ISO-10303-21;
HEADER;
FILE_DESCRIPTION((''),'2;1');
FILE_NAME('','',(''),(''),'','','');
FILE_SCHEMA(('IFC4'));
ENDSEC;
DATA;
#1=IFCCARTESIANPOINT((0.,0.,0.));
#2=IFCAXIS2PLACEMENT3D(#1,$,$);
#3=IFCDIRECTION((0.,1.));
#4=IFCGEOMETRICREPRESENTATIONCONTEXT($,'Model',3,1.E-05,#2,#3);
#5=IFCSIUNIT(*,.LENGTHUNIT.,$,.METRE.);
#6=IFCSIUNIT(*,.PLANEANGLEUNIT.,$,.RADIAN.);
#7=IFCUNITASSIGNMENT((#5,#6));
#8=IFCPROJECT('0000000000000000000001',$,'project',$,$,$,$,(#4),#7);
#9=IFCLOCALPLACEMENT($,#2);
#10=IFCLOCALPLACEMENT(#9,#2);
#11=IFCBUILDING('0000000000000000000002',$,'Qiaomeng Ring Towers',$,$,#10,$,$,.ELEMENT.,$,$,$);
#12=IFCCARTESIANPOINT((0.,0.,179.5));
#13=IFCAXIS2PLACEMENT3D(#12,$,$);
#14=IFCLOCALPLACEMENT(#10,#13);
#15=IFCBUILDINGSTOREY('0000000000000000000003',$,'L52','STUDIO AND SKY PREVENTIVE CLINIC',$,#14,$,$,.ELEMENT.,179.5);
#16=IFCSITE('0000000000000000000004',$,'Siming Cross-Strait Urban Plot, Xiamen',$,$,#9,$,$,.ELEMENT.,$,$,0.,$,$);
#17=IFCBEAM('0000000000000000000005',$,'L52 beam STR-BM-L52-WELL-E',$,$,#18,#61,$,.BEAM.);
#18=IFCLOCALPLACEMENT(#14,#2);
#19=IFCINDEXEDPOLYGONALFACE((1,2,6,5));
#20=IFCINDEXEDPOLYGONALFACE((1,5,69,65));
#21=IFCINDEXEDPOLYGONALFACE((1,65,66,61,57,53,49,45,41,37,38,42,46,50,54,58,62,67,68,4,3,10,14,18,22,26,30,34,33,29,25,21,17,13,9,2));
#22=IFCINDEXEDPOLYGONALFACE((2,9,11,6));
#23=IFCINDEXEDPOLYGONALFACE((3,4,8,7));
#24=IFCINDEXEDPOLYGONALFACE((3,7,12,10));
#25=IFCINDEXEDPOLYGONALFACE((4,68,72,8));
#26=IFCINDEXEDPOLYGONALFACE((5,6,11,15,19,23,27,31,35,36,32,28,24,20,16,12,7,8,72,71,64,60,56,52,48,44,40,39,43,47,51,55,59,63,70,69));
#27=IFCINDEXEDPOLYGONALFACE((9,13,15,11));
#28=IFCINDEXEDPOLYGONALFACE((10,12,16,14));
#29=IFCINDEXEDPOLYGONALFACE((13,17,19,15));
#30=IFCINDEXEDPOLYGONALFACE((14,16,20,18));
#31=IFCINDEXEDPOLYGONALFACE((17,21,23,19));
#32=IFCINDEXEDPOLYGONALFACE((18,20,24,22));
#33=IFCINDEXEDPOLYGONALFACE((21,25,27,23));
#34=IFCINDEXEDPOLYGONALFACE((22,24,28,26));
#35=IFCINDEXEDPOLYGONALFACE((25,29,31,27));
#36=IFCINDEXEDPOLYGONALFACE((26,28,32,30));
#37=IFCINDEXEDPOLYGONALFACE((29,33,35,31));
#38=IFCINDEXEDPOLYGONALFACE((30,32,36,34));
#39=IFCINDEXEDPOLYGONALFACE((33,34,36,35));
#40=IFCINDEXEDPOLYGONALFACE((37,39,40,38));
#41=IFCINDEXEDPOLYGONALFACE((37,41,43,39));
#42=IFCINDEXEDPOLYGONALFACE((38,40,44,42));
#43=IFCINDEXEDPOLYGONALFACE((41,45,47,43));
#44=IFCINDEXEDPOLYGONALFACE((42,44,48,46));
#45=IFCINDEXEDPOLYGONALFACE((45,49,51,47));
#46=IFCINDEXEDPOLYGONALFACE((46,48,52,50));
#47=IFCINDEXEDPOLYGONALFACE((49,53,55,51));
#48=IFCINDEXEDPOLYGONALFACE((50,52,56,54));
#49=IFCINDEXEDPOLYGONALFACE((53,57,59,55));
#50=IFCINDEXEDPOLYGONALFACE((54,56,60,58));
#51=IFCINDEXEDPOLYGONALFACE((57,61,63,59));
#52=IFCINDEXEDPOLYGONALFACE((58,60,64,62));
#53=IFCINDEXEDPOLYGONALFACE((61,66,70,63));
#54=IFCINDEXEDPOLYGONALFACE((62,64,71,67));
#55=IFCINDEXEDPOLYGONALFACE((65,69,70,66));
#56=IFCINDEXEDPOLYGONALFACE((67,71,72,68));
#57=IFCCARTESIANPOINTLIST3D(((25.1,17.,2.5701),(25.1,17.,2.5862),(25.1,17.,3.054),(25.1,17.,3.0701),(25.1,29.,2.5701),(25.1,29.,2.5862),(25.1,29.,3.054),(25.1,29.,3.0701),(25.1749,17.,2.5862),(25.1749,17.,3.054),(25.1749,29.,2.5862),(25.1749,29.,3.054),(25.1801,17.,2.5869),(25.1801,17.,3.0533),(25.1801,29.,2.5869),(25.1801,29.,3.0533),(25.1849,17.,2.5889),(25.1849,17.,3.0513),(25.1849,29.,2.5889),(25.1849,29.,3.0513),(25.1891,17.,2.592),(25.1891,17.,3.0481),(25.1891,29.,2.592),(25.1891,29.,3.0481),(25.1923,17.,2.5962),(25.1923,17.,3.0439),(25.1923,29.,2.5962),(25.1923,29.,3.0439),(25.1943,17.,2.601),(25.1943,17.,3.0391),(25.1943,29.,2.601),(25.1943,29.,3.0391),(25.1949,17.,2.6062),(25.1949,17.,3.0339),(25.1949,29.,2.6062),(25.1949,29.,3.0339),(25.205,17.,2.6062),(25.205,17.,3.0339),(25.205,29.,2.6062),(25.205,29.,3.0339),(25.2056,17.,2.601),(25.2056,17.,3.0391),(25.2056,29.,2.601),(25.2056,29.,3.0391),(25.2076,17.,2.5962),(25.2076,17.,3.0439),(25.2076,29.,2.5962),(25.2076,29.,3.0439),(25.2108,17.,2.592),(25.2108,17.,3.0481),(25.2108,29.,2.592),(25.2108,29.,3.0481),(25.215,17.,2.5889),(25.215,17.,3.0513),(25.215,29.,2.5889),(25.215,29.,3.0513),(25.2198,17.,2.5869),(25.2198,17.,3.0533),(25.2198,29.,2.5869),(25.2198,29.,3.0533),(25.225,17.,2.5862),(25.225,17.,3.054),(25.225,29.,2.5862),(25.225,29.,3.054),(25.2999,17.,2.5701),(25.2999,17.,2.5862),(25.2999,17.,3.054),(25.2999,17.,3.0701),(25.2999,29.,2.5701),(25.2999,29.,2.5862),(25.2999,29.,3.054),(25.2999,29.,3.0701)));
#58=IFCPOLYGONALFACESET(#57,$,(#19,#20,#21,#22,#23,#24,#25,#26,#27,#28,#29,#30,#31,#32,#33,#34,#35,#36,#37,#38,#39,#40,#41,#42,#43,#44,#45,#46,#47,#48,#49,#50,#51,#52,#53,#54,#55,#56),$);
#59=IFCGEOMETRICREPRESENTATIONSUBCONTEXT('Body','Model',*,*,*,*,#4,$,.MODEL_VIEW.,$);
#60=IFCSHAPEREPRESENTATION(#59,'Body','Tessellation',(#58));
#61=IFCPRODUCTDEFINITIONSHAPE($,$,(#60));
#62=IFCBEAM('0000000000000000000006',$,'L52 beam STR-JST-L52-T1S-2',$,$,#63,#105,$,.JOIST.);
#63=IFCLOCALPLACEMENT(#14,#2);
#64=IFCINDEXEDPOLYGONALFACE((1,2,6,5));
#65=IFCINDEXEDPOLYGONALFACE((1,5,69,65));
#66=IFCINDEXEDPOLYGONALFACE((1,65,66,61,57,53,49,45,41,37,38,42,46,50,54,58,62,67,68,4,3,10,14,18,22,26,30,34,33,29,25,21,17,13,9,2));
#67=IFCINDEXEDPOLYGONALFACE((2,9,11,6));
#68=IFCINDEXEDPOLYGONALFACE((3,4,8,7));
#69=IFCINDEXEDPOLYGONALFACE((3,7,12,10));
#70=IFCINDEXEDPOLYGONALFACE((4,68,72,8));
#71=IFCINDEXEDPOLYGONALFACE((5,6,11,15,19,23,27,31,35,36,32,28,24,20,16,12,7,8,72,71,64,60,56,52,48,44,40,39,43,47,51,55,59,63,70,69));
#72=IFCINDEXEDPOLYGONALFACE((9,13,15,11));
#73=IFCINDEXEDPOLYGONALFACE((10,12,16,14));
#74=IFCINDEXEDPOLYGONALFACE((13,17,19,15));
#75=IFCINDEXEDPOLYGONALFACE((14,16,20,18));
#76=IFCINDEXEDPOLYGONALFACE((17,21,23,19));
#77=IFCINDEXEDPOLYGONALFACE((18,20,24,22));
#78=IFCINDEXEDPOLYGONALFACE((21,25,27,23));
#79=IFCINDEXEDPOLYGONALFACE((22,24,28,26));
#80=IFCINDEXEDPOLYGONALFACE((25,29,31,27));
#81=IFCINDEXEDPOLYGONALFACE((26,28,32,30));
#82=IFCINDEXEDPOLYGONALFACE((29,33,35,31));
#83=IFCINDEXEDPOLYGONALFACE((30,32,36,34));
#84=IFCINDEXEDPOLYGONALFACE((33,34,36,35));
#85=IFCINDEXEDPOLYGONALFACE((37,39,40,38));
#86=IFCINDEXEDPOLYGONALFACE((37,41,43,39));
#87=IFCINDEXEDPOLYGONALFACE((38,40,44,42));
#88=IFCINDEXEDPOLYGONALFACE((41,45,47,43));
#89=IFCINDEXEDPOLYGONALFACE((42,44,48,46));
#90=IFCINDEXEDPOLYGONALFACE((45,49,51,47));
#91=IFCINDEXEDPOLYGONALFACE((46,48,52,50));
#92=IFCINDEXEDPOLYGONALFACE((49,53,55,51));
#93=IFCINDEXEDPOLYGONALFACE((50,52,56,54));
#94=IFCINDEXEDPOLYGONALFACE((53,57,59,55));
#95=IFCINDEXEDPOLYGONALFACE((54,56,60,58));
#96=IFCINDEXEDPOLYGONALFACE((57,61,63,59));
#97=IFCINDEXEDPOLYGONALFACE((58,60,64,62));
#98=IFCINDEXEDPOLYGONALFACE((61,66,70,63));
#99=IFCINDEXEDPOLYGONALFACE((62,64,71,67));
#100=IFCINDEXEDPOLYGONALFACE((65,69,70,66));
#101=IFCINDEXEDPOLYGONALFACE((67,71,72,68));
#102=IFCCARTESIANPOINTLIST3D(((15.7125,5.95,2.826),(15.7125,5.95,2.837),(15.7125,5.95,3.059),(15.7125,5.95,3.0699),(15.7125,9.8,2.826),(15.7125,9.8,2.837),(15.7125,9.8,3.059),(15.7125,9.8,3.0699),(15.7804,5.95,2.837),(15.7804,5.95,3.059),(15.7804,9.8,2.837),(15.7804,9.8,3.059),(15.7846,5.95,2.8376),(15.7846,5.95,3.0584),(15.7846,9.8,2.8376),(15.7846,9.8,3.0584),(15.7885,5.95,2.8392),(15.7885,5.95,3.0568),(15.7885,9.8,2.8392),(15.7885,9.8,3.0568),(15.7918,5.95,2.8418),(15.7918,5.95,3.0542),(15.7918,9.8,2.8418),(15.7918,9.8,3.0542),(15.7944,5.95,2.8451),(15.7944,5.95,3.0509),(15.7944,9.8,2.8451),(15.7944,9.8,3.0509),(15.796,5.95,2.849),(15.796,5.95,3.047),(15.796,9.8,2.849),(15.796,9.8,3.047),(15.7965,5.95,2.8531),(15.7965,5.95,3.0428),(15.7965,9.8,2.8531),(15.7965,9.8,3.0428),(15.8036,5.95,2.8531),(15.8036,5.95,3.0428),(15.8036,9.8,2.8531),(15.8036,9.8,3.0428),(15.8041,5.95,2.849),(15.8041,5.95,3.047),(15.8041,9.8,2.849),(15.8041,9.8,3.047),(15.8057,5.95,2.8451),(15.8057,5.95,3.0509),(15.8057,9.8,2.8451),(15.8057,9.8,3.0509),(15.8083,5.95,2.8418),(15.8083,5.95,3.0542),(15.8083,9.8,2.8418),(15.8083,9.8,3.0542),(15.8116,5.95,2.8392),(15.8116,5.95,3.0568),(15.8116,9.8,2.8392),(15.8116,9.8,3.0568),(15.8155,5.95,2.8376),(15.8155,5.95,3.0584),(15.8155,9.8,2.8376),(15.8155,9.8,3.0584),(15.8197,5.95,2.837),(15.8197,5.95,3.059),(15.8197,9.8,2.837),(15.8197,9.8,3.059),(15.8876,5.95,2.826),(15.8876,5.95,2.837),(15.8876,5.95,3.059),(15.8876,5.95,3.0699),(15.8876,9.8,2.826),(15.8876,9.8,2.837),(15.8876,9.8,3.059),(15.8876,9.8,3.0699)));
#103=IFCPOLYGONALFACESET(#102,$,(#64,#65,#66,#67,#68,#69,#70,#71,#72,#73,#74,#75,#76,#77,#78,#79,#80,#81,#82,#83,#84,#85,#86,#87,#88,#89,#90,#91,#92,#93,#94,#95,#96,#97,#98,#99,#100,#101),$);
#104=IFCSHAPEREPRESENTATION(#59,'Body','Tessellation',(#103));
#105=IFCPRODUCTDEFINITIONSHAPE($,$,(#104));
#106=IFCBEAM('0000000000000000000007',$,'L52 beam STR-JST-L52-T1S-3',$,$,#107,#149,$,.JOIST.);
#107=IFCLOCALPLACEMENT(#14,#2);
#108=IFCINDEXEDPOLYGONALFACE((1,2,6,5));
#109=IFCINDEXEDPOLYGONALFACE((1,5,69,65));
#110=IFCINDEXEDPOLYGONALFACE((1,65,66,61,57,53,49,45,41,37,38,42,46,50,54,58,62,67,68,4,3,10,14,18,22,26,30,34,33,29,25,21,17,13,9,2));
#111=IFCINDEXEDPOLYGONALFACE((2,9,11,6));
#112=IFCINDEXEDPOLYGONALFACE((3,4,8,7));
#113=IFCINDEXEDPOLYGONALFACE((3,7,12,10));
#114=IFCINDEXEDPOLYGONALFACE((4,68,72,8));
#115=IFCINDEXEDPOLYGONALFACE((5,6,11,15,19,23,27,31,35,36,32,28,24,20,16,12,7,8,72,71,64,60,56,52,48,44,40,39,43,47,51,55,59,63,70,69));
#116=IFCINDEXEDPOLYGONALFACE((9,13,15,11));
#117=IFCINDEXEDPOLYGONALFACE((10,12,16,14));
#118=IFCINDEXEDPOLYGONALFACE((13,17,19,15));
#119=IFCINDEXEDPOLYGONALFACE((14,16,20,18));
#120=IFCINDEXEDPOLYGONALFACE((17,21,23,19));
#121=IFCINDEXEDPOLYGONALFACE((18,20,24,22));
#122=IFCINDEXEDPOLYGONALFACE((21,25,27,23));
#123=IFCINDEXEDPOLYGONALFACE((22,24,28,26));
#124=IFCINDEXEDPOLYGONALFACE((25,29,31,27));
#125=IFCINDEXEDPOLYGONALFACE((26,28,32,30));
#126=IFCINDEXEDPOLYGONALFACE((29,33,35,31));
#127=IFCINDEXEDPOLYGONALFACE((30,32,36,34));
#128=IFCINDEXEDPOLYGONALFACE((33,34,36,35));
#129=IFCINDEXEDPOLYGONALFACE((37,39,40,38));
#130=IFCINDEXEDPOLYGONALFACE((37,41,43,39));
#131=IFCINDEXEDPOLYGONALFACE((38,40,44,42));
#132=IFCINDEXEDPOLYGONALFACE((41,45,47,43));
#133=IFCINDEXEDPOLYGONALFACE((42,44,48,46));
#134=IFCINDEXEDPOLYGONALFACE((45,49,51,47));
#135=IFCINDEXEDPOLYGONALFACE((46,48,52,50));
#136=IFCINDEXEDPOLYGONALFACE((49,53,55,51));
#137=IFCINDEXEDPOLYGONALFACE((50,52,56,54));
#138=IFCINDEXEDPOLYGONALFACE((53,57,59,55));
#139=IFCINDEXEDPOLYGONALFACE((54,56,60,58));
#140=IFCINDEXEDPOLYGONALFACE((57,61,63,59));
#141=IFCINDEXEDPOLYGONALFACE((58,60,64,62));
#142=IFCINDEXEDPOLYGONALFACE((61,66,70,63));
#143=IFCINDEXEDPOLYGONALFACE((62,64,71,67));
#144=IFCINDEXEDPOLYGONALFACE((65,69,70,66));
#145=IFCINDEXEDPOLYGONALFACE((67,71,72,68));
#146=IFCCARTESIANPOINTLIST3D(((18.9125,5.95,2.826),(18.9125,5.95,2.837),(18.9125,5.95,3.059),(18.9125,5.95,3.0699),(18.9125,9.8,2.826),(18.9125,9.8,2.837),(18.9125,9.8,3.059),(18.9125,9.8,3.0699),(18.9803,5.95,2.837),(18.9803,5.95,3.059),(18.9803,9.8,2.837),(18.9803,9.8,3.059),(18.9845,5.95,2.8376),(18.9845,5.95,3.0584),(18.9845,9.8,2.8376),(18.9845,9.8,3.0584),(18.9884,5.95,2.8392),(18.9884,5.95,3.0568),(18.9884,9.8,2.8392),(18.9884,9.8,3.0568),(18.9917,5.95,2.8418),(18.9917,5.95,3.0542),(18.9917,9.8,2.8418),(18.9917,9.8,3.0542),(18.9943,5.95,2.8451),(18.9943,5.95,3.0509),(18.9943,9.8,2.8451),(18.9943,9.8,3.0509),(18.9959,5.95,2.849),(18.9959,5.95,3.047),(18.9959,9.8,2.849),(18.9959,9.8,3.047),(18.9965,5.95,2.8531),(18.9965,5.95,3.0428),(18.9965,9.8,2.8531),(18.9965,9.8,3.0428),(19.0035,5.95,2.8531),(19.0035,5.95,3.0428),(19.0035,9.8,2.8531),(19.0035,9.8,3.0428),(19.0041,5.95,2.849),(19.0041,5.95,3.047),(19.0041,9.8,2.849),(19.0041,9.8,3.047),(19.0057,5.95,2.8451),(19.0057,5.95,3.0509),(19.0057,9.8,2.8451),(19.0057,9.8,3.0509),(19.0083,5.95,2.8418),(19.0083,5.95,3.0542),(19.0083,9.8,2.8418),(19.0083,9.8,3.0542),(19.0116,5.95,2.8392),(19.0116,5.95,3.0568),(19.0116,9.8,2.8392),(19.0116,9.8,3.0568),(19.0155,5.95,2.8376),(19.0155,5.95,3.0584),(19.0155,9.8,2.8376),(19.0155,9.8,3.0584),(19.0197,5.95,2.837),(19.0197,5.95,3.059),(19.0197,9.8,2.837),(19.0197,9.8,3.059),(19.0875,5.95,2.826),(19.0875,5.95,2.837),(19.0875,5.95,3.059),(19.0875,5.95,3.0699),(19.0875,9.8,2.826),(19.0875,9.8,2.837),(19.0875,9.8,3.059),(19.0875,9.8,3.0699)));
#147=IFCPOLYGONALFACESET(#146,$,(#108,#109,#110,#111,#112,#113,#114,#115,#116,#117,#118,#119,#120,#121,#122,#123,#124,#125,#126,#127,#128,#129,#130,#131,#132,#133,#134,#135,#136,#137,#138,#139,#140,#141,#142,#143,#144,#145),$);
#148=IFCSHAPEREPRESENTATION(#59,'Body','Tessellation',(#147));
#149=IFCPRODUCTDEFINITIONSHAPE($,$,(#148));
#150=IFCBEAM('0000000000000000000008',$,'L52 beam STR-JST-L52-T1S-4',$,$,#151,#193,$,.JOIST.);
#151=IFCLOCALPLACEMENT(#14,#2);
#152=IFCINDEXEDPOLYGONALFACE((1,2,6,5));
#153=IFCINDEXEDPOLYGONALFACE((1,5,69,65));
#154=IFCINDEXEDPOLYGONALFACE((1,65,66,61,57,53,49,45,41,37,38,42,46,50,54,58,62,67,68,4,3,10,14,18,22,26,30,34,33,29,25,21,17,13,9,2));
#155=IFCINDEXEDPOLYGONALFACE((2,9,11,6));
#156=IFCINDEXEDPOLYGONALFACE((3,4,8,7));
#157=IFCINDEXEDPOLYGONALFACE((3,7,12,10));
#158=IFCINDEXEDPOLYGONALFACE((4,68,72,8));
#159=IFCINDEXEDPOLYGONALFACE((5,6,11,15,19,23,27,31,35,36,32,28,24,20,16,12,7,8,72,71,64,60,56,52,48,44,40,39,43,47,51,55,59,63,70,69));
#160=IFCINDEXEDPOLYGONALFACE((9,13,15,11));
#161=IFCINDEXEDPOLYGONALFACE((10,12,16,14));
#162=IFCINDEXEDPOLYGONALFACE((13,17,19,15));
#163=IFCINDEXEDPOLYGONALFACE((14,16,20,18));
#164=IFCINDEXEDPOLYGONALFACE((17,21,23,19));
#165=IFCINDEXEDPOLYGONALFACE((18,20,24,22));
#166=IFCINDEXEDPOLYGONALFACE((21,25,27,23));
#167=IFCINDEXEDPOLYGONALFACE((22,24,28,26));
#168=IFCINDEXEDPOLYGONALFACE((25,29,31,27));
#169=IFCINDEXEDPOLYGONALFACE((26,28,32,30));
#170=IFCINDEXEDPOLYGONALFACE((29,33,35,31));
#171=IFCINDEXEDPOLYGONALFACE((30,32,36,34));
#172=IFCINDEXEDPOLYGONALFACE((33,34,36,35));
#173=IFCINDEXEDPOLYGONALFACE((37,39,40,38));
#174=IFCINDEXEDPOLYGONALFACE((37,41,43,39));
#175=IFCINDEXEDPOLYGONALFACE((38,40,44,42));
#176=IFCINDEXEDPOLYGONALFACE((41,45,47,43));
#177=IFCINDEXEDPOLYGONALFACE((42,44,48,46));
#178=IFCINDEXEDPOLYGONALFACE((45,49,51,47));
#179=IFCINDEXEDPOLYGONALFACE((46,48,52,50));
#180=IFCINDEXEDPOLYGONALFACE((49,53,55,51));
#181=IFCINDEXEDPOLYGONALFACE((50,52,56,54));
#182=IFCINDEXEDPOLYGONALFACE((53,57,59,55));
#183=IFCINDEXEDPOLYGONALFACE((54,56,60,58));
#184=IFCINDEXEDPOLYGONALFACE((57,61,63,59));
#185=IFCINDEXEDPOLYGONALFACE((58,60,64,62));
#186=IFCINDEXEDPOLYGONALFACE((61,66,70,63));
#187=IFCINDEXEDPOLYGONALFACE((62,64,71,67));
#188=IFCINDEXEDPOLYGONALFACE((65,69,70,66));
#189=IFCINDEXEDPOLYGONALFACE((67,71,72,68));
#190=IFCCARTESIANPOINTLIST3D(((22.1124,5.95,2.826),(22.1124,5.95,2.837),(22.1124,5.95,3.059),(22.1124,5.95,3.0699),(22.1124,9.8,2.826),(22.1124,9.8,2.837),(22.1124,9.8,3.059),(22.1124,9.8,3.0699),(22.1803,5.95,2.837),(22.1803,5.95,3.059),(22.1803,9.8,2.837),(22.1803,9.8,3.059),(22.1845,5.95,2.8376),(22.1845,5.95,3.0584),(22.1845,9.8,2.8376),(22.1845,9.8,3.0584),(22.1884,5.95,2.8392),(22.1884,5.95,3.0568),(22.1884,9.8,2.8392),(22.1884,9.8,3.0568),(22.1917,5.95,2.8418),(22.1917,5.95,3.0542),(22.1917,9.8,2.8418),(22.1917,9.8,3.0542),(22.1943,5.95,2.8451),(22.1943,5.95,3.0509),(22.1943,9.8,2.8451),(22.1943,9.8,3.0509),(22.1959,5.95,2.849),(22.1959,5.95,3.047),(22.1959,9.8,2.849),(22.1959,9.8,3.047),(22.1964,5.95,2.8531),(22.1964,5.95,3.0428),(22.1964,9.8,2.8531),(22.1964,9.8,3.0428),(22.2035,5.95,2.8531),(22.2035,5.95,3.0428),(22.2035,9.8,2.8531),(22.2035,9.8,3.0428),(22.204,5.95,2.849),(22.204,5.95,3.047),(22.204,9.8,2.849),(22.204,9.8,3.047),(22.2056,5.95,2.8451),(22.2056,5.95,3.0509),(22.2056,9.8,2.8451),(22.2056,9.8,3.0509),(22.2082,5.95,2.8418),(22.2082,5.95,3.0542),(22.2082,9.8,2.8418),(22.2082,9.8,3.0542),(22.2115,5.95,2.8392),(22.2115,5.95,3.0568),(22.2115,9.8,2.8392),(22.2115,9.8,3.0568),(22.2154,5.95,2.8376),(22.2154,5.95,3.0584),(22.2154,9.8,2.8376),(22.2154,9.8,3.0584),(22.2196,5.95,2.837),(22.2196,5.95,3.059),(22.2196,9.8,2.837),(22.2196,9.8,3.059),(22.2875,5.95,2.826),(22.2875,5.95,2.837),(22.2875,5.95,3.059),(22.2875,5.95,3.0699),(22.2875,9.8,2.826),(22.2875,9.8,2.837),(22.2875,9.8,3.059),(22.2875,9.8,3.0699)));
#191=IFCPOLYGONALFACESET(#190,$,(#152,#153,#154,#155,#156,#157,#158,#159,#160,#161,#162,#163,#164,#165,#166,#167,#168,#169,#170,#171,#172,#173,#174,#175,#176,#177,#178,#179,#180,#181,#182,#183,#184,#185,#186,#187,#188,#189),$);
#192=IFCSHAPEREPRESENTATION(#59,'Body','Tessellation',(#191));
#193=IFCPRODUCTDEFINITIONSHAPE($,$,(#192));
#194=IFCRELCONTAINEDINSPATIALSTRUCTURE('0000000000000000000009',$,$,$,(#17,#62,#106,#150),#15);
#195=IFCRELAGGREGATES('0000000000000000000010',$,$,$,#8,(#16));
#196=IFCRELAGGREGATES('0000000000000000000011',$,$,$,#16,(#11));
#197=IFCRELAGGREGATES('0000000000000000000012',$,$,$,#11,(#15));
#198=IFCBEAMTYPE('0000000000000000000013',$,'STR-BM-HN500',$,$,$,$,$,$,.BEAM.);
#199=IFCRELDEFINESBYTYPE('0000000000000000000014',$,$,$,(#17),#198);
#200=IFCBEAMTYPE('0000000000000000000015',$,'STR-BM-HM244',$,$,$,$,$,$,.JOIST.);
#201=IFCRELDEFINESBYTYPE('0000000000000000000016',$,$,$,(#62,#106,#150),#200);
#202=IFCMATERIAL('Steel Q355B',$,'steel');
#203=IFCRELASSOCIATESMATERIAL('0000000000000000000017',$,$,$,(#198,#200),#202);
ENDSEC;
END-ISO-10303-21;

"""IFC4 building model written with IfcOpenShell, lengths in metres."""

from ifc_helpers import new_model, si_unit, direction, frame, origin, origin_2d, place, context, subcontext, project, spatial, i_section, extrude, source, transform, mapped, material, material_profile, profile_set, type_object, element, save


model = new_model("IFC4")

# Units and contexts
model_context = context("Model", 3, precision=1e-05, world=origin(), true_north=direction((0.0, 1.0)))
body_context = subcontext(model_context, "Body", "Model", "MODEL_VIEW")
ifc_project = project(units=[si_unit("LENGTHUNIT", "METRE"), si_unit("PLANEANGLEUNIT", "RADIAN")], contexts=[model_context])

# Site, building, storey
site_placement = place(None, origin())
site = spatial("IfcSite", under=ifc_project, at=site_placement, Name="Siming Cross-Strait Urban Plot, Xiamen", CompositionType="ELEMENT", RefElevation=0.0)
building_placement = place(site_placement, origin())
building = spatial("IfcBuilding", under=site, at=building_placement, Name="Qiaomeng Ring Towers", CompositionType="ELEMENT")
storey_placement = place(building_placement, frame((0.0, 0.0, 179.5)))
storey = spatial("IfcBuildingStorey", under=building, at=storey_placement, Name="L52", Description="STUDIO AND SKY PREVENTIVE CLINIC", CompositionType="ELEMENT", Elevation=179.5)

# Beams
ifc_material_1 = material(Name="Steel Q355B", Category="steel")
ifc_material_profile_1 = material_profile(ifc_material_1, i_section(OverallWidth=0.2, OverallDepth=0.5, WebThickness=0.01, FlangeThickness=0.0161, FilletRadius=0.02, at=origin_2d()), Name="HN 500x200x10x16")
ifc_profile_set_1 = profile_set([ifc_material_profile_1], Name="Steel Q355B")
beam_type_1 = type_object("IfcBeamType", Name="STR-BM-HN500", PredefinedType="BEAM", material=ifc_profile_set_1)
shared_shape_1 = source(origin(), body_context, "Body", "SweptSolid", [
    extrude(i_section(OverallWidth=0.2, OverallDepth=0.5, WebThickness=0.01, FlangeThickness=0.0161, FilletRadius=0.02, at=origin_2d()), origin(), (0.0, 0.0, 1.0), 12.0),
])
beam_1_placement = place(storey_placement, frame((25.2, 17.0, 2.8201), z_axis=(0.0, 1.0, 0.0), x_axis=(-1.0, 0.0, 0.0)))
element("IfcBeam", 1, at=beam_1_placement, inside=storey, type_object=beam_type_1, Name="L52 beam STR-BM-L52-WELL-E", PredefinedType="BEAM", context=body_context, shape_type="MappedRepresentation", body=[
    mapped(shared_shape_1, transform((0.0, 0.0, 0.0), x_axis=(1.0, 0.0, 0.0), y_axis=(0.0, 1.0, 0.0), z_axis=(0.0, 0.0, 1.0), scale=1.0)),
])
ifc_material_profile_2 = material_profile(ifc_material_1, i_section(OverallWidth=0.175, OverallDepth=0.2439, WebThickness=0.0071, FlangeThickness=0.011, FilletRadius=0.0161, at=origin_2d()), Name="HM 244x175x7x11")
ifc_profile_set_2 = profile_set([ifc_material_profile_2], Name="Steel Q355B")
beam_type_2 = type_object("IfcBeamType", Name="STR-BM-HM244", PredefinedType="JOIST", material=ifc_profile_set_2)
shared_shape_2 = source(origin(), body_context, "Body", "SweptSolid", [
    extrude(i_section(OverallWidth=0.175, OverallDepth=0.2439, WebThickness=0.0071, FlangeThickness=0.011, FilletRadius=0.0161, at=origin_2d()), origin(), (0.0, 0.0, 1.0), 3.8501),
])
for number, where, z_axis, x_axis, name in (
    (2, (15.8, 5.95, 2.948), (0.0, 1.0, 0.0), (-1.0, 0.0, 0.0), "L52 beam STR-JST-L52-T1S-2"),
    (3, (19.0, 5.95, 2.948), (0.0, 1.0, 0.0), (-1.0, 0.0, 0.0), "L52 beam STR-JST-L52-T1S-3"),
    (4, (22.2, 5.95, 2.948), (0.0, 1.0, 0.0), (-1.0, 0.0, 0.0), "L52 beam STR-JST-L52-T1S-4"),
):
    element("IfcBeam", number, at=place(storey_placement, frame(where, z_axis=z_axis, x_axis=x_axis)), inside=storey, type_object=beam_type_2, Name=name, PredefinedType="JOIST", context=body_context, shape_type="MappedRepresentation", body=[
        mapped(shared_shape_2, transform((0.0, 0.0, 0.0), x_axis=(1.0, 0.0, 0.0), y_axis=(0.0, 1.0, 0.0), z_axis=(0.0, 0.0, 1.0), scale=1.0)),
    ])

save(model, "model.ifc")
